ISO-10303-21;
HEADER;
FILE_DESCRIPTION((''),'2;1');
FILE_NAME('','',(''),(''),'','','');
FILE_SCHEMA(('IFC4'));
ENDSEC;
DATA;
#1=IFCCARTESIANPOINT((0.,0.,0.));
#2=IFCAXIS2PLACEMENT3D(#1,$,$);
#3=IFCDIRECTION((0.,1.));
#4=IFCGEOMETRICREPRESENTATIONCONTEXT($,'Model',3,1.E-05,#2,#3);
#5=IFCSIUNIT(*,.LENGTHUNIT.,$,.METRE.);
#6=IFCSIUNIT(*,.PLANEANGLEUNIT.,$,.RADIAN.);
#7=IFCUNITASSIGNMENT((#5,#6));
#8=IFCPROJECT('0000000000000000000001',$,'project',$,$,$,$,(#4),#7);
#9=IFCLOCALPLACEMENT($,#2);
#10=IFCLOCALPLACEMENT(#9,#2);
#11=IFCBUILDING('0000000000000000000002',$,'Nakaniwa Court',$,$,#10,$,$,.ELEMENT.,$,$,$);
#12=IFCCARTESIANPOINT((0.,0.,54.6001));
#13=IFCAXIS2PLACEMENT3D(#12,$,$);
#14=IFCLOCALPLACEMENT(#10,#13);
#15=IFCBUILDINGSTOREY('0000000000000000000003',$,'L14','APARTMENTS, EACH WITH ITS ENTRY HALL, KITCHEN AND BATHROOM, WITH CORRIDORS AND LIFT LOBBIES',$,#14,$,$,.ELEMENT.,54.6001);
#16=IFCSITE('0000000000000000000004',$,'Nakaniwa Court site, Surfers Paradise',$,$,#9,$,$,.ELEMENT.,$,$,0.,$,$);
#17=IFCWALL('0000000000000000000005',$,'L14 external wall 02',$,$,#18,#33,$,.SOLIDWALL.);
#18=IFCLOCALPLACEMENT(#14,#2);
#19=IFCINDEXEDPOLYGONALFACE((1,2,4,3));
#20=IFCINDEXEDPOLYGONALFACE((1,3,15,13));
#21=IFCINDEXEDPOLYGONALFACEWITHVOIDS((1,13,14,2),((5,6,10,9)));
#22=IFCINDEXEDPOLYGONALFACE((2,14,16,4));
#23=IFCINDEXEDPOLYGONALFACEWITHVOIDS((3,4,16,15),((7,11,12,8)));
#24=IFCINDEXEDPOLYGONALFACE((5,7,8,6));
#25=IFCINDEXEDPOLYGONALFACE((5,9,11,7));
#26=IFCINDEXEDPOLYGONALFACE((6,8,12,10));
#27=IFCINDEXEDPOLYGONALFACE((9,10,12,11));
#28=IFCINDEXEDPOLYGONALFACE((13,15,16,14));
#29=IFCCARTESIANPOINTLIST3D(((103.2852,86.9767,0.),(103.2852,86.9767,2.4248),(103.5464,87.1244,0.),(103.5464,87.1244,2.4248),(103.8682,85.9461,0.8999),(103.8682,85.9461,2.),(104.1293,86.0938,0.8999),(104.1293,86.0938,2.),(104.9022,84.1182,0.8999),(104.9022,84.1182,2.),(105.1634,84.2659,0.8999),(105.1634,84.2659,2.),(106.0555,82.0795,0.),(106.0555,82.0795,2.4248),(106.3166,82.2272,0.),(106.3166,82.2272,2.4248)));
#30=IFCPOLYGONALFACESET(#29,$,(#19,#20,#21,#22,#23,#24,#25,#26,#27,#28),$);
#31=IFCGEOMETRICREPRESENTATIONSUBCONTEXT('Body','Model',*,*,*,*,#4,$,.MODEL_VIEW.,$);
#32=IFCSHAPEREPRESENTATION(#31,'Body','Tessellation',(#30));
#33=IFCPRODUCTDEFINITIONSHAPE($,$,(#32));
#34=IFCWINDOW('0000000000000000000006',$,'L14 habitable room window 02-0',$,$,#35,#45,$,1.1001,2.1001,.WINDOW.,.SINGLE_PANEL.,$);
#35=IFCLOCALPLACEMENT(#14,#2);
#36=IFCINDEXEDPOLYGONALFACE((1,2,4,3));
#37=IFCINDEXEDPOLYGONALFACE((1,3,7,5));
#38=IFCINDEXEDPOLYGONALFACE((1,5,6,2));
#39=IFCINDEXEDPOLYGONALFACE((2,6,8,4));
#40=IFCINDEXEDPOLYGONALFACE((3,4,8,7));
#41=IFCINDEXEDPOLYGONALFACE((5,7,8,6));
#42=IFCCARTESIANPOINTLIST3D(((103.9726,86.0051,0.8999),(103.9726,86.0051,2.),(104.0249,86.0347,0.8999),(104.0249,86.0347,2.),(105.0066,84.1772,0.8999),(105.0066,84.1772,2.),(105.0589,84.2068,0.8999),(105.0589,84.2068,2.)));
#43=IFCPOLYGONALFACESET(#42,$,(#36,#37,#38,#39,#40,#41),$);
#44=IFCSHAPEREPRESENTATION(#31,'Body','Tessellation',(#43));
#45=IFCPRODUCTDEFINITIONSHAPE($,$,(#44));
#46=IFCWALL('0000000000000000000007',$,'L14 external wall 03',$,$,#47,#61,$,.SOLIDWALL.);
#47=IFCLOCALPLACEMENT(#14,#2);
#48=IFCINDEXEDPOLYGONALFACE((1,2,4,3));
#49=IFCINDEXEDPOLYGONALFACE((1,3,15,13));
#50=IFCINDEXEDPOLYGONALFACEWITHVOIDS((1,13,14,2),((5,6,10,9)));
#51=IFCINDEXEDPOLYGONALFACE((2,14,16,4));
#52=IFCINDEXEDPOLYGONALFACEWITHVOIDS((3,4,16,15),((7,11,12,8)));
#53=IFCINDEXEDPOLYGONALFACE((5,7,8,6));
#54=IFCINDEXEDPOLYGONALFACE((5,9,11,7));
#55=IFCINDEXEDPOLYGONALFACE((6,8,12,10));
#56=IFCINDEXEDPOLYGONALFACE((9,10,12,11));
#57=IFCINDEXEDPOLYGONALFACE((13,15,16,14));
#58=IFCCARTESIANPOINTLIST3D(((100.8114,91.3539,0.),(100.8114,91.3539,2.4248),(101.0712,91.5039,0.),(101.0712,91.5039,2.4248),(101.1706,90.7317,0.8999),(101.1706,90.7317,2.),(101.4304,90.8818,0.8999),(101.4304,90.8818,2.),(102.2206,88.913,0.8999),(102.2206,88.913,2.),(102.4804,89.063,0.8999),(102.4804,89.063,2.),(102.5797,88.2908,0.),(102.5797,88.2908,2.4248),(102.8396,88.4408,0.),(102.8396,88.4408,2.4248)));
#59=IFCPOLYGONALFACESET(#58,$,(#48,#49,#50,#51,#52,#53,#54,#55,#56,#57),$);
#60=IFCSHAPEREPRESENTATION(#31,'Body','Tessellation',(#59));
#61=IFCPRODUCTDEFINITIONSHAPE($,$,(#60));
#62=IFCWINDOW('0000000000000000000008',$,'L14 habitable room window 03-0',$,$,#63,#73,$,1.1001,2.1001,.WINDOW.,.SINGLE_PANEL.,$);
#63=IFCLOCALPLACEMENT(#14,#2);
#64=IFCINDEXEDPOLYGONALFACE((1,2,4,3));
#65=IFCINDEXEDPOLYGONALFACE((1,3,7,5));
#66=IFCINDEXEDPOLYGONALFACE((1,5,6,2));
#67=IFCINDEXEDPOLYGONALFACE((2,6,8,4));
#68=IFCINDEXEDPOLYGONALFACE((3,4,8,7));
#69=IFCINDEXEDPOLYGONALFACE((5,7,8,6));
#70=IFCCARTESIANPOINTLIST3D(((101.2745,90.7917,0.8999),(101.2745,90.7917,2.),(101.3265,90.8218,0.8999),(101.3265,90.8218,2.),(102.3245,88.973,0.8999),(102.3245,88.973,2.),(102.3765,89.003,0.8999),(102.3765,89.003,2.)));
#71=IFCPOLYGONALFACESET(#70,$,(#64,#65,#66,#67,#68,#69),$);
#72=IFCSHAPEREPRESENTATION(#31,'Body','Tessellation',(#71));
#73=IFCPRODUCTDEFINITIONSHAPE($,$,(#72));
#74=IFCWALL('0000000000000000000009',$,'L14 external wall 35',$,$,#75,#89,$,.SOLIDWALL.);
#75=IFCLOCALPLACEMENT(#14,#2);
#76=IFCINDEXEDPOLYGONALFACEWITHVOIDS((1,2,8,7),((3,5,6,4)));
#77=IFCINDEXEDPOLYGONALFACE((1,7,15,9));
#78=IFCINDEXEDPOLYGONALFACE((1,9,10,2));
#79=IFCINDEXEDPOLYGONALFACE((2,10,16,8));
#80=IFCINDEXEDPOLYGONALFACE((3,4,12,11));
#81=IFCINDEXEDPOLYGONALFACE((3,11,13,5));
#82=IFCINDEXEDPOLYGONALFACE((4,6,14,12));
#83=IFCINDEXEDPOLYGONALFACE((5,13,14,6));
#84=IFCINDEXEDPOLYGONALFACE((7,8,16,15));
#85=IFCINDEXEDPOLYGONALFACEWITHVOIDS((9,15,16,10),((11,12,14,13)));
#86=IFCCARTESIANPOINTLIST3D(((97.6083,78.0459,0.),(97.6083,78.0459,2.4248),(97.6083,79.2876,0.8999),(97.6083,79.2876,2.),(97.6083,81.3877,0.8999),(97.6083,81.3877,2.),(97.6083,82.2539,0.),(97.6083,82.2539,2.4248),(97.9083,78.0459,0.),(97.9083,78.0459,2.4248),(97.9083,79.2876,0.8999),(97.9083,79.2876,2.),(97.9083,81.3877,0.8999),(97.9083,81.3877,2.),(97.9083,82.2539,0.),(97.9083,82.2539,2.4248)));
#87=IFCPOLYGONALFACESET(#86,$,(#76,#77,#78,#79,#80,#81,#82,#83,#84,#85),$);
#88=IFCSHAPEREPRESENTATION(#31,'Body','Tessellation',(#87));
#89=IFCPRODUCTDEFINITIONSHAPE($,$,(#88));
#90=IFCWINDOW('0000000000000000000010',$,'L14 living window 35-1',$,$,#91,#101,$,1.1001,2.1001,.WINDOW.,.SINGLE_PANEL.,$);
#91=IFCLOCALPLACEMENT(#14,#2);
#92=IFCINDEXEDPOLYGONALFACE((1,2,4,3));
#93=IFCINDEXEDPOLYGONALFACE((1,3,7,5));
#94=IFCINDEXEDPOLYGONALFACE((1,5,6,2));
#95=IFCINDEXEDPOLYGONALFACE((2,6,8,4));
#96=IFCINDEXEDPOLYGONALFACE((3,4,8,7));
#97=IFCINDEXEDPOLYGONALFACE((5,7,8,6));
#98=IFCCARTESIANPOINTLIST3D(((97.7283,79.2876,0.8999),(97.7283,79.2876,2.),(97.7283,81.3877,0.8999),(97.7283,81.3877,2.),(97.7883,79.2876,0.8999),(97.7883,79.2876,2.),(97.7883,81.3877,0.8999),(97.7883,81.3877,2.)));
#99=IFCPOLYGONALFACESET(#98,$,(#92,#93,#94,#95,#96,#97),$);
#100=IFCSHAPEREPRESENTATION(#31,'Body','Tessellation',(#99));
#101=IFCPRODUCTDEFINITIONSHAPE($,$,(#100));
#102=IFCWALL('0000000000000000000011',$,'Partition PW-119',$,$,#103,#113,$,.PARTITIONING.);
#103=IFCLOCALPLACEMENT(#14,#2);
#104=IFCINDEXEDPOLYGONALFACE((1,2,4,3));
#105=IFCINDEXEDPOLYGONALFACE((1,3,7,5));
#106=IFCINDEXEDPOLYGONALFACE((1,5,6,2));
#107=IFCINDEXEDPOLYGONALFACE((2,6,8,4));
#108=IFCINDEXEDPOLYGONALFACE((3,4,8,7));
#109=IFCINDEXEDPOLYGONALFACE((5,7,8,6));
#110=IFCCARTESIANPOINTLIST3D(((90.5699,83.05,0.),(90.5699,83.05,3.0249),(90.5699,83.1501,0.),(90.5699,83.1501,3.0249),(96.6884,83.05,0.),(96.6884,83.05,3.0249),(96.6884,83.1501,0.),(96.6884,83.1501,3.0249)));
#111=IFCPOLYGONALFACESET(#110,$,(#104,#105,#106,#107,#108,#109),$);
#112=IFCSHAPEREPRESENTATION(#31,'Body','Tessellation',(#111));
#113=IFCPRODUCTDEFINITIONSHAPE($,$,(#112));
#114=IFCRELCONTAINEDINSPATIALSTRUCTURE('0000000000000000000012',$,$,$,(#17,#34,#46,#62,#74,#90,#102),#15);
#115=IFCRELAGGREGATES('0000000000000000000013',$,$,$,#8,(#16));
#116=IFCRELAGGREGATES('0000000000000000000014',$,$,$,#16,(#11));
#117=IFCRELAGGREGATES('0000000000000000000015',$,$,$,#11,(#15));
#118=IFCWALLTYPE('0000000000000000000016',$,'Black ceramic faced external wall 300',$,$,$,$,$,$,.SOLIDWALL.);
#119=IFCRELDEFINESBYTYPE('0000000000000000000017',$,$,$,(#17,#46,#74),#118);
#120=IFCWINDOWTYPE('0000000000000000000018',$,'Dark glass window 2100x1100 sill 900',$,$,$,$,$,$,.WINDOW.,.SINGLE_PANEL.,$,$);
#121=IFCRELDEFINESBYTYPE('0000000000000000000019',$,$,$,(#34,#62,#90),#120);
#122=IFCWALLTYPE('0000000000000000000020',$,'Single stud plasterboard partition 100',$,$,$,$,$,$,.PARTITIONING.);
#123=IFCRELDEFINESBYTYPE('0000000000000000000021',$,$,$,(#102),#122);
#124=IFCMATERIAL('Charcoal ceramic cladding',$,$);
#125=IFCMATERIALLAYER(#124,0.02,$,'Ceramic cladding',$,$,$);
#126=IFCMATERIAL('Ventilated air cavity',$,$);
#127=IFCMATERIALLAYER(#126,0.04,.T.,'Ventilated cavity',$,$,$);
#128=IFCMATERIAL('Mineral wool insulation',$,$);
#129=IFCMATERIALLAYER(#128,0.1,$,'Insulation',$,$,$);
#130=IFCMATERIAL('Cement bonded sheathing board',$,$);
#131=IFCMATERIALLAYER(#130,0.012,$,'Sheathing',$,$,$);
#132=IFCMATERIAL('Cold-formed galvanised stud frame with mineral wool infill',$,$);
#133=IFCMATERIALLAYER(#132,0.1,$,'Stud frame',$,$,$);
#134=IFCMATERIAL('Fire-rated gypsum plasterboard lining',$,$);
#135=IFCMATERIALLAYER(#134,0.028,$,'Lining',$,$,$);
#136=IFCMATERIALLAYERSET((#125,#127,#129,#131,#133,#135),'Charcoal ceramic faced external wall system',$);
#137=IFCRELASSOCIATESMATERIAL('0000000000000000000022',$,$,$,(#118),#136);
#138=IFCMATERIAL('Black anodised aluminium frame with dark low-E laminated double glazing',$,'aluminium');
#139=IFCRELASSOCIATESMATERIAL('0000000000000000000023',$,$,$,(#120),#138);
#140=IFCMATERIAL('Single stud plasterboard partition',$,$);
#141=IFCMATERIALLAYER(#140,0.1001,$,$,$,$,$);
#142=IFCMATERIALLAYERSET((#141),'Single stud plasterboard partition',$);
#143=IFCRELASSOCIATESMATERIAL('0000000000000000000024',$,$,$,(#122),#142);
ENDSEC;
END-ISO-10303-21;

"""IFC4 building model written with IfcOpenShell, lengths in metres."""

from ifc_helpers import new_model, si_unit, direction, frame, frame_2d, origin, place, context, subcontext, project, spatial, rectangle, extrude, material, layer, layer_set, type_object, element, fill, save


model = new_model("IFC4")

# Units and contexts
model_context = context("Model", 3, precision=1e-05, world=origin(), true_north=direction((0.0, 1.0)))
body_context = subcontext(model_context, "Body", "Model", "MODEL_VIEW")
ifc_project = project(units=[si_unit("LENGTHUNIT", "METRE"), si_unit("PLANEANGLEUNIT", "RADIAN")], contexts=[model_context])

# Site, building, storey
site_placement = place(None, origin())
site = spatial("IfcSite", under=ifc_project, at=site_placement, Name="Nakaniwa Court site, Surfers Paradise", CompositionType="ELEMENT", RefElevation=0.0)
building_placement = place(site_placement, origin())
building = spatial("IfcBuilding", under=site, at=building_placement, Name="Nakaniwa Court", CompositionType="ELEMENT")
storey_placement = place(building_placement, frame((0.0, 0.0, 54.6001)))
storey = spatial("IfcBuildingStorey", under=building, at=storey_placement, Name="L14", Description="APARTMENTS, EACH WITH ITS ENTRY HALL, KITCHEN AND BATHROOM, WITH CORRIDORS AND LIFT LOBBIES", CompositionType="ELEMENT", Elevation=54.6001)

# Shared definitions
ifc_material_1 = material(Name="Charcoal ceramic cladding")
ifc_layer_1 = layer(ifc_material_1, 0.02, Name="Ceramic cladding")
ifc_material_2 = material(Name="Ventilated air cavity")
ifc_layer_2 = layer(ifc_material_2, 0.04, ventilated=True, Name="Ventilated cavity")
ifc_material_3 = material(Name="Mineral wool insulation")
ifc_layer_3 = layer(ifc_material_3, 0.1, Name="Insulation")
ifc_material_4 = material(Name="Cement bonded sheathing board")
ifc_layer_4 = layer(ifc_material_4, 0.012, Name="Sheathing")
ifc_material_5 = material(Name="Cold-formed galvanised stud frame with mineral wool infill")
ifc_layer_5 = layer(ifc_material_5, 0.1, Name="Stud frame")
ifc_material_6 = material(Name="Fire-rated gypsum plasterboard lining")
ifc_layer_6 = layer(ifc_material_6, 0.028, Name="Lining")
ifc_layer_set_1 = layer_set([ifc_layer_1, ifc_layer_2, ifc_layer_3, ifc_layer_4, ifc_layer_5, ifc_layer_6], Name="Charcoal ceramic faced external wall system")
wall_type_1 = type_object("IfcWallType", Name="Black ceramic faced external wall 300", PredefinedType="SOLIDWALL", material=ifc_layer_set_1)

# Walls, openings, windows
wall_1_placement = place(storey_placement, frame((106.186, 82.1533, 0.0), z_axis=(0.0, 0.0, 1.0), x_axis=(-0.492363, 0.87039, 0.0)))
wall_1 = element("IfcWall", 1, at=wall_1_placement, inside=storey, type_object=wall_type_1, Name="L14 external wall 02", PredefinedType="SOLIDWALL", context=body_context, shape_type="SweptSolid", body=[
    extrude(rectangle(XDim=5.6265, YDim=0.3, at=frame_2d((2.8132, 0.0))), origin(), (0.0, 0.0, 1.0), 2.4248),
])
opening_1_placement = place(wall_1_placement, frame((2.3423, 0.0, 0.8999)))
opening_1 = element("IfcOpeningElement", 2, at=opening_1_placement, cuts=wall_1, PredefinedType="OPENING", context=body_context, shape_type="SweptSolid", body=[
    extrude(rectangle(XDim=2.1001, YDim=1.1001, at=frame_2d((1.05, 0.55))), frame((0.0, 0.1599, 0.0), z_axis=(0.0, -1.0, 0.0), x_axis=(1.0, 0.0, 0.0)), (0.0, 0.0, 1.0), 0.3201),
])
ifc_material_7 = material(Name="Black anodised aluminium frame with dark low-E laminated double glazing", Category="aluminium")
window_type = type_object("IfcWindowType", Name="Dark glass window 2100x1100 sill 900", PartitioningType="SINGLE_PANEL", PredefinedType="WINDOW", material=ifc_material_7)
window_1_placement = place(opening_1_placement, origin())
window_1 = element("IfcWindow", 3, at=window_1_placement, inside=storey, type_object=window_type, Name="L14 habitable room window 02-0", OverallHeight=1.1001, OverallWidth=2.1001, PartitioningType="SINGLE_PANEL", PredefinedType="WINDOW", context=body_context, shape_type="SweptSolid", body=[
    extrude(rectangle(XDim=2.1001, YDim=1.1001, at=frame_2d((1.05, 0.55))), frame((0.0, 0.03, 0.0), z_axis=(0.0, -1.0, 0.0), x_axis=(1.0, 0.0, 0.0)), (0.0, 0.0, 1.0), 0.0601),
])
fill(opening_1, window_1)
wall_2_placement = place(storey_placement, frame((102.7097, 88.3657, 0.0), z_axis=(0.0, 0.0, 1.0), x_axis=(-0.499977, 0.866038, 0.0)))
wall_2 = element("IfcWall", 4, at=wall_2_placement, inside=storey, type_object=wall_type_1, Name="L14 external wall 03", PredefinedType="SOLIDWALL", context=body_context, shape_type="SweptSolid", body=[
    extrude(rectangle(XDim=3.5369, YDim=0.3, at=frame_2d((1.7686, 0.0))), origin(), (0.0, 0.0, 1.0), 2.4248),
])
opening_2_placement = place(wall_2_placement, frame((0.7185, 0.0, 0.8999)))
opening_2 = element("IfcOpeningElement", 5, at=opening_2_placement, cuts=wall_2, PredefinedType="OPENING", context=body_context, shape_type="SweptSolid", body=[
    extrude(rectangle(XDim=2.1001, YDim=1.1001, at=frame_2d((1.05, 0.55))), frame((0.0, 0.1599, 0.0), z_axis=(0.0, -1.0, 0.0), x_axis=(1.0, 0.0, 0.0)), (0.0, 0.0, 1.0), 0.3201),
])
window_2_placement = place(opening_2_placement, origin())
window_2 = element("IfcWindow", 6, at=window_2_placement, inside=storey, type_object=window_type, Name="L14 habitable room window 03-0", OverallHeight=1.1001, OverallWidth=2.1001, PartitioningType="SINGLE_PANEL", PredefinedType="WINDOW", context=body_context, shape_type="SweptSolid", body=[
    extrude(rectangle(XDim=2.1001, YDim=1.1001, at=frame_2d((1.05, 0.55))), frame((0.0, 0.03, 0.0), z_axis=(0.0, -1.0, 0.0), x_axis=(1.0, 0.0, 0.0)), (0.0, 0.0, 1.0), 0.0601),
])
fill(opening_2, window_2)
wall_3_placement = place(storey_placement, frame((97.7583, 78.0459, 0.0), z_axis=(0.0, 0.0, 1.0), x_axis=(0.0, 1.0, 0.0)))
wall_3 = element("IfcWall", 7, at=wall_3_placement, inside=storey, type_object=wall_type_1, Name="L14 external wall 35", PredefinedType="SOLIDWALL", context=body_context, shape_type="SweptSolid", body=[
    extrude(rectangle(XDim=4.208, YDim=0.3, at=frame_2d((2.104, 0.0))), origin(), (0.0, 0.0, 1.0), 2.4248),
])
opening_3_placement = place(wall_3_placement, frame((1.2417, 0.0, 0.8999)))
opening_3 = element("IfcOpeningElement", 8, at=opening_3_placement, cuts=wall_3, PredefinedType="OPENING", context=body_context, shape_type="SweptSolid", body=[
    extrude(rectangle(XDim=2.1001, YDim=1.1001, at=frame_2d((1.05, 0.55))), frame((0.0, 0.1599, 0.0), z_axis=(0.0, -1.0, 0.0), x_axis=(1.0, 0.0, 0.0)), (0.0, 0.0, 1.0), 0.3201),
])
window_3_placement = place(opening_3_placement, origin())
window_3 = element("IfcWindow", 9, at=window_3_placement, inside=storey, type_object=window_type, Name="L14 living window 35-1", OverallHeight=1.1001, OverallWidth=2.1001, PartitioningType="SINGLE_PANEL", PredefinedType="WINDOW", context=body_context, shape_type="SweptSolid", body=[
    extrude(rectangle(XDim=2.1001, YDim=1.1001, at=frame_2d((1.05, 0.55))), frame((0.0, 0.03, 0.0), z_axis=(0.0, -1.0, 0.0), x_axis=(1.0, 0.0, 0.0)), (0.0, 0.0, 1.0), 0.0601),
])
fill(opening_3, window_3)

# Wall
ifc_material_8 = material(Name="Single stud plasterboard partition")
ifc_layer_7 = layer(ifc_material_8, 0.1001)
ifc_layer_set_2 = layer_set([ifc_layer_7], Name="Single stud plasterboard partition")
wall_type_2 = type_object("IfcWallType", Name="Single stud plasterboard partition 100", PredefinedType="PARTITIONING", material=ifc_layer_set_2)
wall_4_placement = place(storey_placement, frame((90.5701, 83.1001, 0.0), z_axis=(0.0, 0.0, 1.0), x_axis=(1.0, 0.0, 0.0)))
element("IfcWall", 10, at=wall_4_placement, inside=storey, type_object=wall_type_2, Name="Partition PW-119", PredefinedType="PARTITIONING", context=body_context, shape_type="SweptSolid", body=[
    extrude(rectangle(XDim=6.1184, YDim=0.1001, at=frame_2d((3.0591, 0.0))), origin(), (0.0, 0.0, 1.0), 3.0249),
])

save(model, "model.ifc")
